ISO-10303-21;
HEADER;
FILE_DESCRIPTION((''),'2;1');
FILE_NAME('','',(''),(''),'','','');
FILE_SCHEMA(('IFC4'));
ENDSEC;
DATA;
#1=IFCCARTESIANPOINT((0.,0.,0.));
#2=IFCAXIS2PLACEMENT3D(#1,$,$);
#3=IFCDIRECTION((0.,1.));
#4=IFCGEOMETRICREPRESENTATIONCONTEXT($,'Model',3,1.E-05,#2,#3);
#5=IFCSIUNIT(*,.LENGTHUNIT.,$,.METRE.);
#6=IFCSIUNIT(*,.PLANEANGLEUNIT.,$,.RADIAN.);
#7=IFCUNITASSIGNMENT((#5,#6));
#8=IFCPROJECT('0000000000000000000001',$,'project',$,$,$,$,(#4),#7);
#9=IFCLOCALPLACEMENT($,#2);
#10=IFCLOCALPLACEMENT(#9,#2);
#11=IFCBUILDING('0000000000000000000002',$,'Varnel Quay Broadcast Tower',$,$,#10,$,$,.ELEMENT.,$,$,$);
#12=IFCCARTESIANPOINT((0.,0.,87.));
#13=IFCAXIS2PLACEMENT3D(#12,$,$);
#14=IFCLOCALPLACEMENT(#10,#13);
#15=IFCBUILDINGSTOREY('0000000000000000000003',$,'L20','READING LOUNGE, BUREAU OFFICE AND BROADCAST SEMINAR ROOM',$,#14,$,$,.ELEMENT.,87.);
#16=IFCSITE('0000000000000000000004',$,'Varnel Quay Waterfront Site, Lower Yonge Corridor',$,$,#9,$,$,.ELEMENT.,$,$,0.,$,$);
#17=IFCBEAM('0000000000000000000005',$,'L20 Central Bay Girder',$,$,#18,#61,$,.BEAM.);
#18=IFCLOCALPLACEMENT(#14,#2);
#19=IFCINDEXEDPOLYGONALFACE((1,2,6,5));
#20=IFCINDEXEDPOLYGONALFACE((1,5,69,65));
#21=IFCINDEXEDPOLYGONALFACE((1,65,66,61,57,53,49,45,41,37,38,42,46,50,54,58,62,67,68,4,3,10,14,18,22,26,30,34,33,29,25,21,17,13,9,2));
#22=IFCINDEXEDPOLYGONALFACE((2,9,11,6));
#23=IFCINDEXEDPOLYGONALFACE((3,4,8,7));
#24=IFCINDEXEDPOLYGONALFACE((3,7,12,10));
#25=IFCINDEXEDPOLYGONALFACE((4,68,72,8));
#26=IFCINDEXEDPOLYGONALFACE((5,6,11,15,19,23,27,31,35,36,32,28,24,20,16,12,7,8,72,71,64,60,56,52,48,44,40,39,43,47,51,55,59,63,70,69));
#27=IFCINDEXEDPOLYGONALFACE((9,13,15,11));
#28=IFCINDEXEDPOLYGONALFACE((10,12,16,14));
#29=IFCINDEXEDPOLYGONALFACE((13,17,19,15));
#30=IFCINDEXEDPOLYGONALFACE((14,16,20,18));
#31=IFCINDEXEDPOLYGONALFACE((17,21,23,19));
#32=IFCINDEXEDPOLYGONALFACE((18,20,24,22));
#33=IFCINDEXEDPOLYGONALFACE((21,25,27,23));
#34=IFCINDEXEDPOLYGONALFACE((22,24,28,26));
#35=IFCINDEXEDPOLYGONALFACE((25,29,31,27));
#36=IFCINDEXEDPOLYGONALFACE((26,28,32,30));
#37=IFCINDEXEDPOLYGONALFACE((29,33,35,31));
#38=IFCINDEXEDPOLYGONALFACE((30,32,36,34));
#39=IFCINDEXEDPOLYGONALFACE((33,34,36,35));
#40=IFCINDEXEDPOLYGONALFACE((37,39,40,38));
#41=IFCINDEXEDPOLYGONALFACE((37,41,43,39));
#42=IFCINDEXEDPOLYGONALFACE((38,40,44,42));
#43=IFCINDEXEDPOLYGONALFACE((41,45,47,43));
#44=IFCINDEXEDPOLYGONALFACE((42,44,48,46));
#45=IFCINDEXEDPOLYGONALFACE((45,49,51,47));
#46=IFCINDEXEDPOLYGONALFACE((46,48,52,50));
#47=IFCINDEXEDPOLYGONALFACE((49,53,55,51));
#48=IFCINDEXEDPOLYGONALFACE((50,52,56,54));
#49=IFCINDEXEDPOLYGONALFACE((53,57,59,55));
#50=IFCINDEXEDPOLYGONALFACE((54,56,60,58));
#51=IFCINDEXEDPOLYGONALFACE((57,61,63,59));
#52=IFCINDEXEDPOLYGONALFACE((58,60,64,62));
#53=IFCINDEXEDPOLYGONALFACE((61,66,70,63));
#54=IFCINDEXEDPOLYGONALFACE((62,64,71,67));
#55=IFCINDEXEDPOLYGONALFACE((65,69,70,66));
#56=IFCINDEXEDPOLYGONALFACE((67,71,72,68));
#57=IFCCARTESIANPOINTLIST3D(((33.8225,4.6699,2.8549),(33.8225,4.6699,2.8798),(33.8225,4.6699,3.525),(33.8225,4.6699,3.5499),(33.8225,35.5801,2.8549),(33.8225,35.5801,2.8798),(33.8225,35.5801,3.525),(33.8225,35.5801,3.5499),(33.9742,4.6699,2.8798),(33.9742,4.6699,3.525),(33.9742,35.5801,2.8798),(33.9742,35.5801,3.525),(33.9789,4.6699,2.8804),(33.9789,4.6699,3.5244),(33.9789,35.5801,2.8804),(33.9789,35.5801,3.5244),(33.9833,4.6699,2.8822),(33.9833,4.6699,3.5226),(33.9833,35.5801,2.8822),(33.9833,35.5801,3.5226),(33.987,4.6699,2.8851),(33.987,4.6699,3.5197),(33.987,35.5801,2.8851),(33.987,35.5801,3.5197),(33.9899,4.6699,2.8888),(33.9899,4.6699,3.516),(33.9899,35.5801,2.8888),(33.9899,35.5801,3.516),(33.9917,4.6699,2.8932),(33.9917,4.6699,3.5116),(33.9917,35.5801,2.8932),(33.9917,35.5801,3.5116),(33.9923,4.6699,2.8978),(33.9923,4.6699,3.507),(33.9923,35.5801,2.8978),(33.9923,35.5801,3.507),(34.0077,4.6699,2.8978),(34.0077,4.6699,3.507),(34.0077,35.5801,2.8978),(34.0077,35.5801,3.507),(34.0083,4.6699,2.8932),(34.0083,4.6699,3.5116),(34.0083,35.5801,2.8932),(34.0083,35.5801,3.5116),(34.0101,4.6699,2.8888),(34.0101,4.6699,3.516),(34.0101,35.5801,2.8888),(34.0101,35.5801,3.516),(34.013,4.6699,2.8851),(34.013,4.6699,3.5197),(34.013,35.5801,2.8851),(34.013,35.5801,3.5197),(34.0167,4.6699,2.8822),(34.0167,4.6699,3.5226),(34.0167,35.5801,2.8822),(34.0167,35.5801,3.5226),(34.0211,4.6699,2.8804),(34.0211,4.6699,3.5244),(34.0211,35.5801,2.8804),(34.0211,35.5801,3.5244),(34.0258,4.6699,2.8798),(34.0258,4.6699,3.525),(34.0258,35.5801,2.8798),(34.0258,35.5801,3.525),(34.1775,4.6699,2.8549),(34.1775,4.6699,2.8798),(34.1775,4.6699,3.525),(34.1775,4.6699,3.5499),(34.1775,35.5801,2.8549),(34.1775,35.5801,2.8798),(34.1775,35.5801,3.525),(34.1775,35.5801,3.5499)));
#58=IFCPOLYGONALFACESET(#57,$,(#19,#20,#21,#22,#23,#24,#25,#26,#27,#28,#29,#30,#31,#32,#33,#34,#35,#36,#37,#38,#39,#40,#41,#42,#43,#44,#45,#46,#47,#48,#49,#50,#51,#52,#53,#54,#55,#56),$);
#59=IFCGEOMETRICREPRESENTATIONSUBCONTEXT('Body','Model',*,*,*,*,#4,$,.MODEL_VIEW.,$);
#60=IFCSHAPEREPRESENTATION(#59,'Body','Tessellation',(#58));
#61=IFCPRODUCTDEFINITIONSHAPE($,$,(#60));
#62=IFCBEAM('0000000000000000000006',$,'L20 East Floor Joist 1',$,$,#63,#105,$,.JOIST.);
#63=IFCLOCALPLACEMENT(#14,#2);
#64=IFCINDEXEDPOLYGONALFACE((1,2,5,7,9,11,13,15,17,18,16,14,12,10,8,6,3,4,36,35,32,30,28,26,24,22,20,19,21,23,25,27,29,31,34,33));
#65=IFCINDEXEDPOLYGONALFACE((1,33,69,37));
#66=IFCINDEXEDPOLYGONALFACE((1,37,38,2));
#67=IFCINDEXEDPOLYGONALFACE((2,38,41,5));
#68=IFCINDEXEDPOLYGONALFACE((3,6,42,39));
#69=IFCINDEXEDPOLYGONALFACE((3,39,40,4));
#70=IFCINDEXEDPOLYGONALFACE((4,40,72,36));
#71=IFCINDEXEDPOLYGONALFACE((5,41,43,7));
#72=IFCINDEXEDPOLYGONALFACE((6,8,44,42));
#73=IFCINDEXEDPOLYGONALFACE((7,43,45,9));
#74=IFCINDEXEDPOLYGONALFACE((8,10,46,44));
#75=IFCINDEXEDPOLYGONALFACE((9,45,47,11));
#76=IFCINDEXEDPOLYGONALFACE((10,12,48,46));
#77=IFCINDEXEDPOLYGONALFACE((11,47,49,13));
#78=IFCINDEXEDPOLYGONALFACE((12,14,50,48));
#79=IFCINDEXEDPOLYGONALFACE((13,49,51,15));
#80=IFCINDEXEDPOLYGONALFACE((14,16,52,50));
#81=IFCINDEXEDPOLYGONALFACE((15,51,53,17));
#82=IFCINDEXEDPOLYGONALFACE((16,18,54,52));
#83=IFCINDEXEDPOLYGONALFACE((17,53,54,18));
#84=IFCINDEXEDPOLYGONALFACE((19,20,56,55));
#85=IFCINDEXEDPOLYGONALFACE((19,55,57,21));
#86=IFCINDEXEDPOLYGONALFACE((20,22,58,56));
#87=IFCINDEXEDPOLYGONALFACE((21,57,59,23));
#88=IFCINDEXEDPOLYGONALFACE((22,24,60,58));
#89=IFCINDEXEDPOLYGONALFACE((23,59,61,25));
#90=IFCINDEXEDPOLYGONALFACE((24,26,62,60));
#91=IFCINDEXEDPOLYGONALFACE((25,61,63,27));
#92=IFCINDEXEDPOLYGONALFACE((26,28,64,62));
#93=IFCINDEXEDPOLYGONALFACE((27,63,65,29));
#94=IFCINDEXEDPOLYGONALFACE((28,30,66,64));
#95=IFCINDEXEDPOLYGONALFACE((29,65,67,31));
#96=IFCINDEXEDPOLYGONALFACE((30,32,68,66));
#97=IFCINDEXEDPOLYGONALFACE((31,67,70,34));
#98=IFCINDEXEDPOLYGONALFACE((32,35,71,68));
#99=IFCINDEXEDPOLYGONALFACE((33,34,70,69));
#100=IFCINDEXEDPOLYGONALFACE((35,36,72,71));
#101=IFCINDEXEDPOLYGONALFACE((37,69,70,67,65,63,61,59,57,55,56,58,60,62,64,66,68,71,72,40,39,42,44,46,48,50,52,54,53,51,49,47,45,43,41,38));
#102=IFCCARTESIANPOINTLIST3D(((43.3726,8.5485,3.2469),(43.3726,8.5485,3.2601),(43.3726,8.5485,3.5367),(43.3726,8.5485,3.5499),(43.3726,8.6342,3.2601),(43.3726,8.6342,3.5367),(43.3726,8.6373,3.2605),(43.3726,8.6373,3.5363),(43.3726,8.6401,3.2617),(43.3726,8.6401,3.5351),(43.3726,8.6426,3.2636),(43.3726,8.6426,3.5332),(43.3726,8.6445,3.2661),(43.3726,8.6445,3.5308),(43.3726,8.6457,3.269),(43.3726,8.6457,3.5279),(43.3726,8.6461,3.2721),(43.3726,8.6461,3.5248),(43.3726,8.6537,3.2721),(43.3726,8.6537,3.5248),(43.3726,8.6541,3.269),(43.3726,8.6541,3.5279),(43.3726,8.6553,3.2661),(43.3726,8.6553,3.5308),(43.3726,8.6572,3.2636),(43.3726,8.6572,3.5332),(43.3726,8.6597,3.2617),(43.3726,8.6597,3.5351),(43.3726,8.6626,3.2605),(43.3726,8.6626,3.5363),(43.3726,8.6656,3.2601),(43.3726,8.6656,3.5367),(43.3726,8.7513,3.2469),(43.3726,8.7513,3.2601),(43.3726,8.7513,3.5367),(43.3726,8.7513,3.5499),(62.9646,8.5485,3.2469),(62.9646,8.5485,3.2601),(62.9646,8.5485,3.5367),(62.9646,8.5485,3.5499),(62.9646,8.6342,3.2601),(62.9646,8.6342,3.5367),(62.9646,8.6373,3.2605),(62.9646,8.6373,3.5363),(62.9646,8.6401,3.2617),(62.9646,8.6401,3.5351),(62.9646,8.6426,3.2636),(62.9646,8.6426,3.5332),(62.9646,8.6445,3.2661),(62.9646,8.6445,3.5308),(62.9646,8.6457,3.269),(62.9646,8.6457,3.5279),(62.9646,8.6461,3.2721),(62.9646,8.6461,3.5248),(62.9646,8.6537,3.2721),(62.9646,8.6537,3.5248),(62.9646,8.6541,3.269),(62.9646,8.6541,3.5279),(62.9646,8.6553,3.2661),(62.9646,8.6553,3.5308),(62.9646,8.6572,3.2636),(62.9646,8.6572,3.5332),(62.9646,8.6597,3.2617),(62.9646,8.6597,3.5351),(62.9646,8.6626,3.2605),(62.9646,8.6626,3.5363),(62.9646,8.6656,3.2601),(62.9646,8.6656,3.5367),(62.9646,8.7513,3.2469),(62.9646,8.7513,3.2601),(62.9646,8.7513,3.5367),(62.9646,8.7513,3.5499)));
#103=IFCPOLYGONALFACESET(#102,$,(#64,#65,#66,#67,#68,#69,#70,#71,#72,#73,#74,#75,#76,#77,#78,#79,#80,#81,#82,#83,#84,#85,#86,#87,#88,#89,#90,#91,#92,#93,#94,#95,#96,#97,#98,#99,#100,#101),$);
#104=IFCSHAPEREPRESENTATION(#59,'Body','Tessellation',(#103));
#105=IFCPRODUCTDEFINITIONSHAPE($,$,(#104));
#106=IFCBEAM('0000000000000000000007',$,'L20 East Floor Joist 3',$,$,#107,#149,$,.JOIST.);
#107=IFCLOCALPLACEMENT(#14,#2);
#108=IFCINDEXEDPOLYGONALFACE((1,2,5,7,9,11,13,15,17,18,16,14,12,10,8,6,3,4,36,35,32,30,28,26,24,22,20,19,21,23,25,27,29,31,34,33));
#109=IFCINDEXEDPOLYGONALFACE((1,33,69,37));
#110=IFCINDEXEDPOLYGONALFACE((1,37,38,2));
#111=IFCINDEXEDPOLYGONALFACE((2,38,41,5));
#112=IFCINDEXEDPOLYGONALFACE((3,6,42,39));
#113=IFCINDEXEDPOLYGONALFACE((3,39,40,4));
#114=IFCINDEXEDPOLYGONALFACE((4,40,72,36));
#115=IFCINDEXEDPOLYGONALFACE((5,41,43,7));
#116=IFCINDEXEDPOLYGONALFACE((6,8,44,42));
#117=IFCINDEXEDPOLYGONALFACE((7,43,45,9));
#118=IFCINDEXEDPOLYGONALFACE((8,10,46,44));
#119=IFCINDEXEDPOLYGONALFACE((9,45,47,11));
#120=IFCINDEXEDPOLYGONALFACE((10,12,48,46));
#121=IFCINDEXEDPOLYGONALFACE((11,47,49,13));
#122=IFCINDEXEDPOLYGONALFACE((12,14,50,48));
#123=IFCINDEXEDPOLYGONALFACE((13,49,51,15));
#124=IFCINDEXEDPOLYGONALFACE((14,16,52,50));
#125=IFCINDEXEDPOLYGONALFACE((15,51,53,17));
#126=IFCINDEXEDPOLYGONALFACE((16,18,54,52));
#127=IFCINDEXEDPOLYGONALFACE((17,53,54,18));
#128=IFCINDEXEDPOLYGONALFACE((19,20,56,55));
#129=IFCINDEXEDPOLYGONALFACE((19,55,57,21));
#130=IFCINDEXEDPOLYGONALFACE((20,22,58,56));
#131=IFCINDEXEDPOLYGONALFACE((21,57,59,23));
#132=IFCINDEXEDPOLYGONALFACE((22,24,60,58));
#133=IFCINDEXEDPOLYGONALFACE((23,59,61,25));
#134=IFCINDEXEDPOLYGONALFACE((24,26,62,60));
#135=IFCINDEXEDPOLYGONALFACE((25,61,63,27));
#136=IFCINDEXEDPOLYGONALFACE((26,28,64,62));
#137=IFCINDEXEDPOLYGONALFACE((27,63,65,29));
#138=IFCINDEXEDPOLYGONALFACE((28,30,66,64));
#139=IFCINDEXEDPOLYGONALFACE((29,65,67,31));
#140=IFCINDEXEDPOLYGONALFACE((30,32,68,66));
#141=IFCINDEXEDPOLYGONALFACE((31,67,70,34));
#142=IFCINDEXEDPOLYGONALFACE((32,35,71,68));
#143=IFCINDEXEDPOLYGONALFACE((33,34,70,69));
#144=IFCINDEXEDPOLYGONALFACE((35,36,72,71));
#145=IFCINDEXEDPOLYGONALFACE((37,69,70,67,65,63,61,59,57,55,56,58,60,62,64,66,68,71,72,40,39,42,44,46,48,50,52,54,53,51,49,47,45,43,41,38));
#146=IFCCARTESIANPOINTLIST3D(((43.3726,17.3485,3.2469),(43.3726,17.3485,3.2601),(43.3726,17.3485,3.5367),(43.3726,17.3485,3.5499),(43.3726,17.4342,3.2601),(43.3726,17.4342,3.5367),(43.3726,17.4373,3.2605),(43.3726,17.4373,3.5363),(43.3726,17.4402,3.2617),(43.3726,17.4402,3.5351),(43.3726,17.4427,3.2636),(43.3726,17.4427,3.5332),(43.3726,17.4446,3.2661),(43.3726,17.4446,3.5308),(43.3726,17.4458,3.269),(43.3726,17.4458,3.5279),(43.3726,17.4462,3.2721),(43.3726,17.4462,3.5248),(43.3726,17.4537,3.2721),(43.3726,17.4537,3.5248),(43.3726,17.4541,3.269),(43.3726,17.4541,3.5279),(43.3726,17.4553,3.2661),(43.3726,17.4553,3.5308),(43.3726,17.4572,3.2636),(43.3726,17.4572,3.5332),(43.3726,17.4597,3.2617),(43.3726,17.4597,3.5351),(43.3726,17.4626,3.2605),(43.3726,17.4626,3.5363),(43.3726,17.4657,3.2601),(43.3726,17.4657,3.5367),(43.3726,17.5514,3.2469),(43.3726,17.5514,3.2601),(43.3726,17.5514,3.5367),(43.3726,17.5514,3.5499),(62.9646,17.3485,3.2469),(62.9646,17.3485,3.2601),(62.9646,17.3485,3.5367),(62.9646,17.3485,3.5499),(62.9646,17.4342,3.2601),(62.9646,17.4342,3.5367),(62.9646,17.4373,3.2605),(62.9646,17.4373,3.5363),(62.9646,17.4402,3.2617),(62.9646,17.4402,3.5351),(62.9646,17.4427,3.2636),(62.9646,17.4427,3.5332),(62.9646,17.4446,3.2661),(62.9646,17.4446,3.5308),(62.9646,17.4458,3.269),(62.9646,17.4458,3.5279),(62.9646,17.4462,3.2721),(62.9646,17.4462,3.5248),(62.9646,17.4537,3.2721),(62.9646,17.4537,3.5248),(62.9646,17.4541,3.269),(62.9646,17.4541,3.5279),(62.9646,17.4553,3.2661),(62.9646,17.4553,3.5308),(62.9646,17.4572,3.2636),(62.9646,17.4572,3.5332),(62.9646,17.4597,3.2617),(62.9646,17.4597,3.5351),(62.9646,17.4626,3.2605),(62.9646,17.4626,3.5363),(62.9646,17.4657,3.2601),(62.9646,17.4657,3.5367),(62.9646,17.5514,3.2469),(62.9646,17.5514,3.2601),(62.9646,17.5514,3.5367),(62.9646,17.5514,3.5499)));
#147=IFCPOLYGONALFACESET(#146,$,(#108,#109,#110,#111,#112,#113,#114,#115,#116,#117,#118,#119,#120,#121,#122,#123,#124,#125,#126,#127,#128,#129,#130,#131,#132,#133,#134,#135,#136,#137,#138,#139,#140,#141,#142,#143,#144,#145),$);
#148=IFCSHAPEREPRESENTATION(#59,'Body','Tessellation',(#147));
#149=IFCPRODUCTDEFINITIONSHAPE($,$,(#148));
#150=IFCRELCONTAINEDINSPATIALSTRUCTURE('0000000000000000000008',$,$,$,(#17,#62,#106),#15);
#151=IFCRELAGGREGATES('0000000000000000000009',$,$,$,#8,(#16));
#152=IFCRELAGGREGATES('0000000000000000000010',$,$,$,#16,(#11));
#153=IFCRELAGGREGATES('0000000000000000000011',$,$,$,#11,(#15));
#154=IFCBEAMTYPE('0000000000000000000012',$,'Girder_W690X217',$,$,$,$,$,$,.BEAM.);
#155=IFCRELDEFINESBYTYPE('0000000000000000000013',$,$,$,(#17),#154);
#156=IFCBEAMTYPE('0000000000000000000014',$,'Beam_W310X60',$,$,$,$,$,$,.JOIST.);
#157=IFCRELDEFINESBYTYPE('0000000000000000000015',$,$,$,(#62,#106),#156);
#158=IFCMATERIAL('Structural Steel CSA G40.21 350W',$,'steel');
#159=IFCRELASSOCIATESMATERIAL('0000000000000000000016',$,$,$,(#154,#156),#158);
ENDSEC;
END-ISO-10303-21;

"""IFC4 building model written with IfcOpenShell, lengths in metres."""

from ifc_helpers import new_model, si_unit, direction, frame, origin, origin_2d, place, context, subcontext, project, spatial, i_section, extrude, source, transform, mapped, material, material_profile, profile_set, type_object, type_shapes, element, save


model = new_model("IFC4")

# Units and contexts
model_context = context("Model", 3, precision=1e-05, world=origin(), true_north=direction((0.0, 1.0)))
body_context = subcontext(model_context, "Body", "Model", "MODEL_VIEW")
ifc_project = project(units=[si_unit("LENGTHUNIT", "METRE"), si_unit("PLANEANGLEUNIT", "RADIAN")], contexts=[model_context])

# Site, building, storey
site_placement = place(None, origin())
site = spatial("IfcSite", under=ifc_project, at=site_placement, Name="Varnel Quay Waterfront Site, Lower Yonge Corridor", CompositionType="ELEMENT", RefElevation=0.0)
building_placement = place(site_placement, origin())
building = spatial("IfcBuilding", under=site, at=building_placement, Name="Varnel Quay Broadcast Tower", CompositionType="ELEMENT")
storey_placement = place(building_placement, frame((0.0, 0.0, 87.0)))
storey = spatial("IfcBuildingStorey", under=building, at=storey_placement, Name="L20", Description="READING LOUNGE, BUREAU OFFICE AND BROADCAST SEMINAR ROOM", CompositionType="ELEMENT", Elevation=87.0)

# Shared definitions
ifc_material_1 = material(Name="Structural Steel CSA G40.21 350W", Category="steel")

# Beams
ifc_material_profile_1 = material_profile(ifc_material_1, i_section(OverallWidth=0.355, OverallDepth=0.6951, WebThickness=0.0154, FlangeThickness=0.0249, FilletRadius=0.0181, at=origin_2d()), Name="W690X217")
ifc_profile_set_1 = profile_set([ifc_material_profile_1], Name="Structural Steel CSA G40.21 350W")
beam_type_1 = type_object("IfcBeamType", Name="Girder_W690X217", PredefinedType="BEAM", material=ifc_profile_set_1)
shared_shape_1 = source(origin(), body_context, "Body", "SweptSolid", [
    extrude(i_section(OverallWidth=0.355, OverallDepth=0.6951, WebThickness=0.0154, FlangeThickness=0.0249, FilletRadius=0.0181, at=origin_2d()), origin(), (0.0, 0.0, 1.0), 30.9102),
])
beam_1_placement = place(storey_placement, frame((34.0, 4.6699, 3.2024), z_axis=(0.0, 1.0, 0.0), x_axis=(-1.0, 0.0, 0.0)))
element("IfcBeam", 1, at=beam_1_placement, inside=storey, type_object=beam_type_1, Name="L20 Central Bay Girder", PredefinedType="BEAM", context=body_context, shape_type="MappedRepresentation", body=[
    mapped(shared_shape_1, transform((0.0, 0.0, 0.0), x_axis=(1.0, 0.0, 0.0), y_axis=(0.0, 1.0, 0.0), z_axis=(0.0, 0.0, 1.0), scale=1.0)),
])
ifc_material_profile_2 = material_profile(ifc_material_1, i_section(OverallWidth=0.2029, OverallDepth=0.303, WebThickness=0.0076, FlangeThickness=0.0132, FilletRadius=0.012, at=origin_2d()), Name="W310X60")
ifc_profile_set_2 = profile_set([ifc_material_profile_2], Name="Structural Steel CSA G40.21 350W")
beam_type_2 = type_object("IfcBeamType", Name="Beam_W310X60", PredefinedType="JOIST", material=ifc_profile_set_2)
shared_shape_2 = source(origin(), body_context, "Body", "SweptSolid", [
    extrude(i_section(OverallWidth=0.2029, OverallDepth=0.303, WebThickness=0.0076, FlangeThickness=0.0132, FilletRadius=0.012, at=origin_2d()), origin(), (0.0, 0.0, 1.0), 19.592),
])
type_shapes(beam_type_2, [shared_shape_2])
for number, where, z_axis, x_axis, name in (
    (2, (43.3726, 8.6499, 3.3984), (1.0, 0.0, 0.0), (0.0, 1.0, 0.0), "L20 East Floor Joist 1"),
    (3, (43.3726, 17.45, 3.3984), (1.0, 0.0, 0.0), (0.0, 1.0, 0.0), "L20 East Floor Joist 3"),
):
    element("IfcBeam", number, at=place(storey_placement, frame(where, z_axis=z_axis, x_axis=x_axis)), inside=storey, type_object=beam_type_2, Name=name, PredefinedType="JOIST", context=body_context, shape_type="MappedRepresentation", body=[
        mapped(shared_shape_2, transform((0.0, 0.0, 0.0), x_axis=(1.0, 0.0, 0.0), y_axis=(0.0, 1.0, 0.0), z_axis=(0.0, 0.0, 1.0), scale=1.0)),
    ])

save(model, "model.ifc")
